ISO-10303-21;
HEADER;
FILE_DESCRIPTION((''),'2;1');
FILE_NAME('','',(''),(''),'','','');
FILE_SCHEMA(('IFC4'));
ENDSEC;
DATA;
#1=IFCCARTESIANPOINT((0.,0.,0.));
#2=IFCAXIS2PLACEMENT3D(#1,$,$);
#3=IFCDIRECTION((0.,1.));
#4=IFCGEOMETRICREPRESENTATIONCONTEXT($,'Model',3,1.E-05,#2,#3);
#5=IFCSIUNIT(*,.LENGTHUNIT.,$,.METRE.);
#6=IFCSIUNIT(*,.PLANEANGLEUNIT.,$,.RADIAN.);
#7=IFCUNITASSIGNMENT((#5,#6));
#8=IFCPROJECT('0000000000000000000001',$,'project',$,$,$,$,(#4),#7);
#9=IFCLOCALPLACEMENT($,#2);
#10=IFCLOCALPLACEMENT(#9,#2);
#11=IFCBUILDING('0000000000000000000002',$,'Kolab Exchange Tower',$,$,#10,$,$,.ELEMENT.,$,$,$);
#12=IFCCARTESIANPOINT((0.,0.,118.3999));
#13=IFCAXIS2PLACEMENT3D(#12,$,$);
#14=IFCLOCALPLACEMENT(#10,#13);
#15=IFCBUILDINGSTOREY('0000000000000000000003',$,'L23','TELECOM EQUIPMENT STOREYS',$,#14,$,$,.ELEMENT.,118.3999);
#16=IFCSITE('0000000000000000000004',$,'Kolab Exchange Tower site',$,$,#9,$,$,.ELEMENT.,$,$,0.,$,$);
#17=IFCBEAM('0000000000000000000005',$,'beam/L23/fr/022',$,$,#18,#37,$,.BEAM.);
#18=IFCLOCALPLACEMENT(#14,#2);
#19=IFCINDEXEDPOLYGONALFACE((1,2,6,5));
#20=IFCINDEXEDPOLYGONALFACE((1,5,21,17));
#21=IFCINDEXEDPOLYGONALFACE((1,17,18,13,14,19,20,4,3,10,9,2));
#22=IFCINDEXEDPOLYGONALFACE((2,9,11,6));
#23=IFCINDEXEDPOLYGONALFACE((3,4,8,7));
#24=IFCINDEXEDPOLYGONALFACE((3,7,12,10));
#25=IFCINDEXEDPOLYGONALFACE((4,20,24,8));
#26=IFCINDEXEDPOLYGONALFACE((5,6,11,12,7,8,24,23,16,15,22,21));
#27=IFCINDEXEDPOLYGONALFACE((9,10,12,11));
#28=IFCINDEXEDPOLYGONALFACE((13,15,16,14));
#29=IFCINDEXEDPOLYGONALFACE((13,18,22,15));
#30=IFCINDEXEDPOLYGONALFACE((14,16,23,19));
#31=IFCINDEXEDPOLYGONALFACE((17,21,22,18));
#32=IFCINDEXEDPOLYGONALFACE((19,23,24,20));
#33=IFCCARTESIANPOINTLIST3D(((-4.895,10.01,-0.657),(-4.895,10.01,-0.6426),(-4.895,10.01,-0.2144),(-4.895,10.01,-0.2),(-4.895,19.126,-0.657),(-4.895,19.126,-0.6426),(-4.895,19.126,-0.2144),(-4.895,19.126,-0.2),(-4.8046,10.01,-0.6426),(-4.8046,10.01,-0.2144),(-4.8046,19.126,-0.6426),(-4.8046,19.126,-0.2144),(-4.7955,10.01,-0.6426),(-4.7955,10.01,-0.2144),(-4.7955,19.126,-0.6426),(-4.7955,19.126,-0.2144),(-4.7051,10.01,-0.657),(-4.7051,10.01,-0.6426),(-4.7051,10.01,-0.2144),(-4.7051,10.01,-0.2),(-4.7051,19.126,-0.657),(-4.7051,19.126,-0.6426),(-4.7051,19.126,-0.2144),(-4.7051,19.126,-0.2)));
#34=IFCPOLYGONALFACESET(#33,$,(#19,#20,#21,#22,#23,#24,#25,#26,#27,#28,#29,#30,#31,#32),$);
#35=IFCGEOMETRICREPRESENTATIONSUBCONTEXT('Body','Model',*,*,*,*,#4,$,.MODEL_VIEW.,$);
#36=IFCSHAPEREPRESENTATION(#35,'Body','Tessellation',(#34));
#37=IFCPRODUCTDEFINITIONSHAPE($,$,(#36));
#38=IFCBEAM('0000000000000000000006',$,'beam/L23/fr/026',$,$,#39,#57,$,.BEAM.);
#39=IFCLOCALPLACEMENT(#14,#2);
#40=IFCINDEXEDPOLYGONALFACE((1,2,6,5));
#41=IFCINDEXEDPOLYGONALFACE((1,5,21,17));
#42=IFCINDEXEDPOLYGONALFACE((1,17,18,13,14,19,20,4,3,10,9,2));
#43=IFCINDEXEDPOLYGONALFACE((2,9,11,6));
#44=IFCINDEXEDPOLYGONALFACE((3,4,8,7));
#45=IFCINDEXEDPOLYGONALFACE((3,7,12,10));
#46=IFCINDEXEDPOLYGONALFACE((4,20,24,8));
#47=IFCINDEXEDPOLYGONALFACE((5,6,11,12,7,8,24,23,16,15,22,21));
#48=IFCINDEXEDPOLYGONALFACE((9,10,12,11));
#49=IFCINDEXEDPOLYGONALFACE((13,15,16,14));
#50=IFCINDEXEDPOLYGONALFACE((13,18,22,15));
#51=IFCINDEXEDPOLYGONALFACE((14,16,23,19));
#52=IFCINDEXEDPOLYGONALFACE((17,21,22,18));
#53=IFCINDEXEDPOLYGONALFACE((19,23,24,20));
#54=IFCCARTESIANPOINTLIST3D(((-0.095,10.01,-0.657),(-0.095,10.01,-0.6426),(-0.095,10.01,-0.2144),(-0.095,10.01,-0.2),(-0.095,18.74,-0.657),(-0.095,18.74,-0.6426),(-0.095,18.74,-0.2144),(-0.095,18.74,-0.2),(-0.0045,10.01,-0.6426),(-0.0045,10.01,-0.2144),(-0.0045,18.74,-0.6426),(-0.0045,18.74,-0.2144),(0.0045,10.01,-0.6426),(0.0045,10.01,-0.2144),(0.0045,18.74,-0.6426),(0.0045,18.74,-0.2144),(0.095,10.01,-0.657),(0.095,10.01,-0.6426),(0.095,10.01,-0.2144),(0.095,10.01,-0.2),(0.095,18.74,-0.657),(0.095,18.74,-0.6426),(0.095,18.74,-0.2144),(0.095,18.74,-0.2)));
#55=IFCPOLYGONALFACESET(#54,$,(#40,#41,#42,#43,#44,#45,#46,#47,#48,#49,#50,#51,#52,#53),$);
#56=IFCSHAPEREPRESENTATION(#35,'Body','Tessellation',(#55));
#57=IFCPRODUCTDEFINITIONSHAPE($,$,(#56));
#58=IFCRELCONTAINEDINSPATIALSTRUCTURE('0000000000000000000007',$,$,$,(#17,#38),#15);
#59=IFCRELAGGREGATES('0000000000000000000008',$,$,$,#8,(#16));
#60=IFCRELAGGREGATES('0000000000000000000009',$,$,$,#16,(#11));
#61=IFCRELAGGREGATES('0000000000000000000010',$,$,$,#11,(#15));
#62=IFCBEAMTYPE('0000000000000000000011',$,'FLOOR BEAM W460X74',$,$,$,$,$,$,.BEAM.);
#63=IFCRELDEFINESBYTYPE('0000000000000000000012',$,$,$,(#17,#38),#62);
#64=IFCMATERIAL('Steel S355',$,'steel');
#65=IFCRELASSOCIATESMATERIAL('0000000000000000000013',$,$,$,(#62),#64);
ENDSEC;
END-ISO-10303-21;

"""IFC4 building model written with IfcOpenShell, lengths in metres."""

from ifc_helpers import new_model, si_unit, direction, frame, origin, origin_2d, place, context, subcontext, project, spatial, i_section, extrude, material, material_profile, profile_set, type_object, element, save


model = new_model("IFC4")

# Units and contexts
model_context = context("Model", 3, precision=1e-05, world=origin(), true_north=direction((0.0, 1.0)))
body_context = subcontext(model_context, "Body", "Model", "MODEL_VIEW")
ifc_project = project(units=[si_unit("LENGTHUNIT", "METRE"), si_unit("PLANEANGLEUNIT", "RADIAN")], contexts=[model_context])

# Site, building, storey
site_placement = place(None, origin())
site = spatial("IfcSite", under=ifc_project, at=site_placement, Name="Kolab Exchange Tower site", CompositionType="ELEMENT", RefElevation=0.0)
building_placement = place(site_placement, origin())
building = spatial("IfcBuilding", under=site, at=building_placement, Name="Kolab Exchange Tower", CompositionType="ELEMENT")
storey_placement = place(building_placement, frame((0.0, 0.0, 118.3999)))
storey = spatial("IfcBuildingStorey", under=building, at=storey_placement, Name="L23", Description="TELECOM EQUIPMENT STOREYS", CompositionType="ELEMENT", Elevation=118.3999)

# Beams
ifc_material_1 = material(Name="Steel S355", Category="steel")
ifc_material_profile = material_profile(ifc_material_1, i_section(OverallWidth=0.1899, OverallDepth=0.457, WebThickness=0.009, FlangeThickness=0.0144, at=origin_2d()), Name="W460X74")
ifc_profile_set = profile_set([ifc_material_profile], Name="Steel S355")
beam_type = type_object("IfcBeamType", Name="FLOOR BEAM W460X74", PredefinedType="BEAM", material=ifc_profile_set)
beam_1_placement = place(storey_placement, frame((-4.8, 10.01, -0.4285), z_axis=(0.0, 1.0, 0.0), x_axis=(-1.0, 0.0, 0.0)))
element("IfcBeam", 1, at=beam_1_placement, inside=storey, type_object=beam_type, Name="beam/L23/fr/022", PredefinedType="BEAM", context=body_context, shape_type="SweptSolid", body=[
    extrude(i_section(OverallWidth=0.1899, OverallDepth=0.457, WebThickness=0.009, FlangeThickness=0.0144, at=origin_2d()), origin(), (0.0, 0.0, 1.0), 9.116),
])
beam_2_placement = place(storey_placement, frame((0.0, 10.01, -0.4285), z_axis=(0.0, 1.0, 0.0), x_axis=(-1.0, 0.0, 0.0)))
element("IfcBeam", 2, at=beam_2_placement, inside=storey, type_object=beam_type, Name="beam/L23/fr/026", PredefinedType="BEAM", context=body_context, shape_type="SweptSolid", body=[
    extrude(i_section(OverallWidth=0.1899, OverallDepth=0.457, WebThickness=0.009, FlangeThickness=0.0144, at=origin_2d()), origin(), (0.0, 0.0, 1.0), 8.73),
])

save(model, "model.ifc")
